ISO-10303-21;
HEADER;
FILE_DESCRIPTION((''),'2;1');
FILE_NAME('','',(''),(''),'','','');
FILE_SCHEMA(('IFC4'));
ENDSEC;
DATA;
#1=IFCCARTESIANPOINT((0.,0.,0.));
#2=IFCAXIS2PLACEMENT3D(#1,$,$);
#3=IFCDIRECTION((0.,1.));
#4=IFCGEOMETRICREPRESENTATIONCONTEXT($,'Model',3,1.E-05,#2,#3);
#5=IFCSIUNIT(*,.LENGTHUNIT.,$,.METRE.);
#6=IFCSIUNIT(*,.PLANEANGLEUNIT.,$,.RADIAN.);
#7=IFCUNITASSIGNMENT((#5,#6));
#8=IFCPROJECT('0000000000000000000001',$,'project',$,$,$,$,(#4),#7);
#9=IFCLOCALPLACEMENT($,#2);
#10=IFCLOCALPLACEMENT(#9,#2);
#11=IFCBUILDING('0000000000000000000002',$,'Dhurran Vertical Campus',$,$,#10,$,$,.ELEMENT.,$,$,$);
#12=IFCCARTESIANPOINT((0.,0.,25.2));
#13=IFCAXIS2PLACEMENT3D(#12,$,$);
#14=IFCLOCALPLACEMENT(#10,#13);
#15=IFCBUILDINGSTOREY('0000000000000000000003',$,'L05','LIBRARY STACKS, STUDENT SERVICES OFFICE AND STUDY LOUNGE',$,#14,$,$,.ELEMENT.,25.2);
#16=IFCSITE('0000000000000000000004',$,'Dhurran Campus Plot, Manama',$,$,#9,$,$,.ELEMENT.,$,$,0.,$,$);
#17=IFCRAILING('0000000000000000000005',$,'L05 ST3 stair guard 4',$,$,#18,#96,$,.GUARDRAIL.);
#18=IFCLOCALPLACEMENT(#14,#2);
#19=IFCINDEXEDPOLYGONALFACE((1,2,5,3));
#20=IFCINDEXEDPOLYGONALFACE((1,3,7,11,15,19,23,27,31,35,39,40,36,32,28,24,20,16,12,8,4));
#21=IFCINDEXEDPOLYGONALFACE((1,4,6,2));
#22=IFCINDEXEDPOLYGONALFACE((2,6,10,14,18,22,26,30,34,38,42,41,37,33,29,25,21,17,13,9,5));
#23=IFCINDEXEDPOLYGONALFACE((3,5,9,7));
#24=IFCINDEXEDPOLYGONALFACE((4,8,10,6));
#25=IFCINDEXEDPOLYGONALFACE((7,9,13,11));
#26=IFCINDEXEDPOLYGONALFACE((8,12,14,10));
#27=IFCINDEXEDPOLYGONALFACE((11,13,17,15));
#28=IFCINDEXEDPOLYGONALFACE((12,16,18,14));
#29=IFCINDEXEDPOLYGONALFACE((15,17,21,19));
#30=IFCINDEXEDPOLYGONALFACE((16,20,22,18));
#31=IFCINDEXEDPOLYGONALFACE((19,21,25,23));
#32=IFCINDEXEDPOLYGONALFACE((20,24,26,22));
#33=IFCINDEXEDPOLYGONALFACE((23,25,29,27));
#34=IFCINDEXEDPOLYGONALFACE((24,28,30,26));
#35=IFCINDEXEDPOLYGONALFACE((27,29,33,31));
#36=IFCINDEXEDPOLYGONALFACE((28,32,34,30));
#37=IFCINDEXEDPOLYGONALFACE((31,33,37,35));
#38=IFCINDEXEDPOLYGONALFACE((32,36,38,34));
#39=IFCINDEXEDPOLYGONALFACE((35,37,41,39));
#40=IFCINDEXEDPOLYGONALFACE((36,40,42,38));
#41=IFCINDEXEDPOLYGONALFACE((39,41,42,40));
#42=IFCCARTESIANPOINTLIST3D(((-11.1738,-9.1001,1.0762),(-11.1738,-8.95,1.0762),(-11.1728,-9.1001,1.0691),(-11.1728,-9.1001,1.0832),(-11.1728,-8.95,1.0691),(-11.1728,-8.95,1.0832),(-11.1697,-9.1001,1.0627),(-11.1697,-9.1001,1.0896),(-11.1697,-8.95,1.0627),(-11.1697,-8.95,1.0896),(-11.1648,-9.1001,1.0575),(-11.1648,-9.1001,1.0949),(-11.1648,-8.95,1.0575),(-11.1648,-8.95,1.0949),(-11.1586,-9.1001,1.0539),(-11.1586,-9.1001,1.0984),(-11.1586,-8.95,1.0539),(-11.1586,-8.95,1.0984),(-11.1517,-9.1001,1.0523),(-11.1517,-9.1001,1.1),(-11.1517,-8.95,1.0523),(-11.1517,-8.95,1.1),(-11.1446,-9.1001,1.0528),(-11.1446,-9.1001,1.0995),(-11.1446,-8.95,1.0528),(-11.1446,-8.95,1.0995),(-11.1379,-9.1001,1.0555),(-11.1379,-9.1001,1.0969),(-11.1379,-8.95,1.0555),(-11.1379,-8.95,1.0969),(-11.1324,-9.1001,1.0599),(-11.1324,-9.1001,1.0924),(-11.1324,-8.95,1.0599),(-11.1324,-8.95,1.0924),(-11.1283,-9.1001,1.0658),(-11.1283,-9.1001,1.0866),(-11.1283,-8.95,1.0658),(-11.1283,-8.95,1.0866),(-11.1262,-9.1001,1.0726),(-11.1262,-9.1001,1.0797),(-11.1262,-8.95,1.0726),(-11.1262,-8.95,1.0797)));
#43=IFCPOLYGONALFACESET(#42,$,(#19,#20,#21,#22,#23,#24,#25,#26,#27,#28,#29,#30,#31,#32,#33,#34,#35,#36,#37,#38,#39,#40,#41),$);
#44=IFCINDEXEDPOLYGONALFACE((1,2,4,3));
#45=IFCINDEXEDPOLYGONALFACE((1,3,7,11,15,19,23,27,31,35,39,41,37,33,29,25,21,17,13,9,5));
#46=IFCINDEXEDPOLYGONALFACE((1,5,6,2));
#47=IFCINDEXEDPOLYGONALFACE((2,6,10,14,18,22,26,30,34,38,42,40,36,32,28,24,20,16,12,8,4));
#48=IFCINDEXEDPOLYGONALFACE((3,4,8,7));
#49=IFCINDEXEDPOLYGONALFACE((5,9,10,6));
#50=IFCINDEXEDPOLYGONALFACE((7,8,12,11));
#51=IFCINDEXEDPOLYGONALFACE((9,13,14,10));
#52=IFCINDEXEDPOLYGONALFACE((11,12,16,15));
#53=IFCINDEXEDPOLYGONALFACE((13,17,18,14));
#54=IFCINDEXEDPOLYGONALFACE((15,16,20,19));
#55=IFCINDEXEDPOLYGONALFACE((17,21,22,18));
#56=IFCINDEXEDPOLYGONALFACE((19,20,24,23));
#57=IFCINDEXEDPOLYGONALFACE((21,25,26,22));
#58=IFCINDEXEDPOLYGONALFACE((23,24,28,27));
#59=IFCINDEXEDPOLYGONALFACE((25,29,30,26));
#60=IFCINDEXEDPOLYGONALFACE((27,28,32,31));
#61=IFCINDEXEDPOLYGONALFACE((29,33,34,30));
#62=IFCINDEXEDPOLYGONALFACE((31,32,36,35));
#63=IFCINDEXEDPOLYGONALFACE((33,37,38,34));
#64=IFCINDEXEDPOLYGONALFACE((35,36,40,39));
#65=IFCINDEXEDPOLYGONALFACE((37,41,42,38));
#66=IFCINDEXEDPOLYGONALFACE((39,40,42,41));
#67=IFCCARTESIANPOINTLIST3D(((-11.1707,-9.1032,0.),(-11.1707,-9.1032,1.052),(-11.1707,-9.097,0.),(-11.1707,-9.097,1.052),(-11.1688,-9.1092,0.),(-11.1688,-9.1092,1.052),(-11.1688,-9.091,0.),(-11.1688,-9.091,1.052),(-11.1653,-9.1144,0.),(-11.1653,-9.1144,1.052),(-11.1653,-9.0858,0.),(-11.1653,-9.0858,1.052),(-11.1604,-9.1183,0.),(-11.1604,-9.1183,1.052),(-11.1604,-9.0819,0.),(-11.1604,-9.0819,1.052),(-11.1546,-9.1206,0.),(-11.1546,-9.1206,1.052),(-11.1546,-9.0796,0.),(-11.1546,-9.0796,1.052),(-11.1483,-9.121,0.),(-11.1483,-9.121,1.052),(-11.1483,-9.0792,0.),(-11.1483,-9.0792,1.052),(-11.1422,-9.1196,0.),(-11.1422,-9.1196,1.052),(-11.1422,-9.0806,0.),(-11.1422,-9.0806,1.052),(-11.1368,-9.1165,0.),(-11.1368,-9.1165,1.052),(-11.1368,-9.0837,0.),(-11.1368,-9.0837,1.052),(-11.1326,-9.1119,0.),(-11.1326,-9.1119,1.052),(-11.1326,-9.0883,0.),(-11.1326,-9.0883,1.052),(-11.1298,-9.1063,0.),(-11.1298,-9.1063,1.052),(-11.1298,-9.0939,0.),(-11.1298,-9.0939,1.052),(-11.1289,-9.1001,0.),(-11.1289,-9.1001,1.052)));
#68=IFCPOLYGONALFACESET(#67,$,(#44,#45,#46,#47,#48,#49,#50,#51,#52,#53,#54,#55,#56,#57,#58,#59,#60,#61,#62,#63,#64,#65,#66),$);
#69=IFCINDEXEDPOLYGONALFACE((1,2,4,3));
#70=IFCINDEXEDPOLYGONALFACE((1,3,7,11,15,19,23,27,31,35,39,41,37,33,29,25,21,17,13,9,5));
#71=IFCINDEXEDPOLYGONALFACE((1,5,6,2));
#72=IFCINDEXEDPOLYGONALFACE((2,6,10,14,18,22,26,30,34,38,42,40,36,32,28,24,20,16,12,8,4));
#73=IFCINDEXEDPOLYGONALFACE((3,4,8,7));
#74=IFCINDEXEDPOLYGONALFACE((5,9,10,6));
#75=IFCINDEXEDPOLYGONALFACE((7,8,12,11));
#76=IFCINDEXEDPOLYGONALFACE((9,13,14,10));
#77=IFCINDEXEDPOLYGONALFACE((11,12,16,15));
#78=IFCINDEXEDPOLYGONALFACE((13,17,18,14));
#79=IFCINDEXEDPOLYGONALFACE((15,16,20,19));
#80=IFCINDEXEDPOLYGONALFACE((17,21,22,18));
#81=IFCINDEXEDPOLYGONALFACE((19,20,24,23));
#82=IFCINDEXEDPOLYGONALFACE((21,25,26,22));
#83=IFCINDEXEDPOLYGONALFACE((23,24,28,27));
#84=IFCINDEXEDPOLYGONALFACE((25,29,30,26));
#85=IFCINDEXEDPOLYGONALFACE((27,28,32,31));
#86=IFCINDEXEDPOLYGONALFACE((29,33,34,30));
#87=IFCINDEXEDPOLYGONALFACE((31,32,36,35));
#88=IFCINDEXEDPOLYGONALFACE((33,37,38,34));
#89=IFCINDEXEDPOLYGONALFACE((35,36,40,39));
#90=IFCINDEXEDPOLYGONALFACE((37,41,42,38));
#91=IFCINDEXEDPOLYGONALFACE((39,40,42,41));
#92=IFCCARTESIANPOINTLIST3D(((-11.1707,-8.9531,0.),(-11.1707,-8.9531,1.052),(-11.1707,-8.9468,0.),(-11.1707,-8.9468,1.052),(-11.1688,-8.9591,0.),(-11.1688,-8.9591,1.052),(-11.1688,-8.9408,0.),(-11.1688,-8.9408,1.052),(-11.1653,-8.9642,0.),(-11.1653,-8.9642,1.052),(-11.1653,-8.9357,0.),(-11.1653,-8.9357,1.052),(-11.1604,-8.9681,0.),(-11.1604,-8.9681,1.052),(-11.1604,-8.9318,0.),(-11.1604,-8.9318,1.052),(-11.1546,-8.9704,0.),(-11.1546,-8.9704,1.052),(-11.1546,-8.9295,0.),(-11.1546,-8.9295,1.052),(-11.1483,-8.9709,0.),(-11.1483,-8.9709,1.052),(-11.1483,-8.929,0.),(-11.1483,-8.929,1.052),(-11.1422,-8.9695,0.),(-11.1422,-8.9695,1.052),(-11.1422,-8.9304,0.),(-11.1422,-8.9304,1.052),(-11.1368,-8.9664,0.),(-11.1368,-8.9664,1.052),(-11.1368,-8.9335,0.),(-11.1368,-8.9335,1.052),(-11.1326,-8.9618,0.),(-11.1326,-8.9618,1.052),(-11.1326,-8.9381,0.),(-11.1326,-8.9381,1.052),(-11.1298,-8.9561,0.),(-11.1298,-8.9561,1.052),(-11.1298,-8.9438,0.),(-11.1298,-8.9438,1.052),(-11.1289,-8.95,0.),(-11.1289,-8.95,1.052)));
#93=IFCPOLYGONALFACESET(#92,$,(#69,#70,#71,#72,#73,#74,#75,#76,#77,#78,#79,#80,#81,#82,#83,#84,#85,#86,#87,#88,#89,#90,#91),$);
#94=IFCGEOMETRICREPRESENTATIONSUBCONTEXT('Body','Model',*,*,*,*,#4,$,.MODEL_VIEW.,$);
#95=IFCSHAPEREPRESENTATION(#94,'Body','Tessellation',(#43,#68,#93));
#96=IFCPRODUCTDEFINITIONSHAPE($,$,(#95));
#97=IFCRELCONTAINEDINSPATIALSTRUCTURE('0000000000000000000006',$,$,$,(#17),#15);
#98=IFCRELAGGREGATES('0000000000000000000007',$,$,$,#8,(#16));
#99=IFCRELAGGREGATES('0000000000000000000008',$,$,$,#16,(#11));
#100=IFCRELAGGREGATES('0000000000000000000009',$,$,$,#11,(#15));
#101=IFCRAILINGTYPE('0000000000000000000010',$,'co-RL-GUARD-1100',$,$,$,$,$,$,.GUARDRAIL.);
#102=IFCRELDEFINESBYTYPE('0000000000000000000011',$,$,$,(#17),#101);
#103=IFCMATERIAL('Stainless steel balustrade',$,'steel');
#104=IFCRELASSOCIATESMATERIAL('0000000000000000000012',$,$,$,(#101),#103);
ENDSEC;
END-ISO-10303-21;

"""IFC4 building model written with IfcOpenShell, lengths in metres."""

from ifc_helpers import new_model, si_unit, direction, frame, origin, origin_2d, place, context, subcontext, project, spatial, circle, extrude, material, type_object, element, save


model = new_model("IFC4")

# Units and contexts
model_context = context("Model", 3, precision=1e-05, world=origin(), true_north=direction((0.0, 1.0)))
body_context = subcontext(model_context, "Body", "Model", "MODEL_VIEW")
ifc_project = project(units=[si_unit("LENGTHUNIT", "METRE"), si_unit("PLANEANGLEUNIT", "RADIAN")], contexts=[model_context])

# Site, building, storey
site_placement = place(None, origin())
site = spatial("IfcSite", under=ifc_project, at=site_placement, Name="Dhurran Campus Plot, Manama", CompositionType="ELEMENT", RefElevation=0.0)
building_placement = place(site_placement, origin())
building = spatial("IfcBuilding", under=site, at=building_placement, Name="Dhurran Vertical Campus", CompositionType="ELEMENT")
storey_placement = place(building_placement, frame((0.0, 0.0, 25.2)))
storey = spatial("IfcBuildingStorey", under=building, at=storey_placement, Name="L05", Description="LIBRARY STACKS, STUDENT SERVICES OFFICE AND STUDY LOUNGE", CompositionType="ELEMENT", Elevation=25.2)

# Railing
ifc_material_1 = material(Name="Stainless steel balustrade", Category="steel")
railing_type_1 = type_object("IfcRailingType", Name="co-RL-GUARD-1100", PredefinedType="GUARDRAIL", material=ifc_material_1)
railing_1_placement = place(storey_placement, frame((-11.1499, -9.1001, 0.0)))
element("IfcRailing", 1, at=railing_1_placement, inside=storey, type_object=railing_type_1, Name="L05 ST3 stair guard 4", PredefinedType="GUARDRAIL", context=body_context, shape_type="SweptSolid", body=[
    extrude(circle(Radius=0.0239, at=origin_2d()), frame((0.0, 0.0, 1.0762), z_axis=(0.0, 1.0, 0.0), x_axis=(-1.0, 0.0, 0.0)), (0.0, 0.0, 1.0), 0.1501),
    extrude(circle(Radius=0.021, at=origin_2d()), origin(), (0.0, 0.0, 1.0), 1.052),
    extrude(circle(Radius=0.021, at=origin_2d()), frame((0.0, 0.1501, 0.0)), (0.0, 0.0, 1.0), 1.052),
])

save(model, "model.ifc")
